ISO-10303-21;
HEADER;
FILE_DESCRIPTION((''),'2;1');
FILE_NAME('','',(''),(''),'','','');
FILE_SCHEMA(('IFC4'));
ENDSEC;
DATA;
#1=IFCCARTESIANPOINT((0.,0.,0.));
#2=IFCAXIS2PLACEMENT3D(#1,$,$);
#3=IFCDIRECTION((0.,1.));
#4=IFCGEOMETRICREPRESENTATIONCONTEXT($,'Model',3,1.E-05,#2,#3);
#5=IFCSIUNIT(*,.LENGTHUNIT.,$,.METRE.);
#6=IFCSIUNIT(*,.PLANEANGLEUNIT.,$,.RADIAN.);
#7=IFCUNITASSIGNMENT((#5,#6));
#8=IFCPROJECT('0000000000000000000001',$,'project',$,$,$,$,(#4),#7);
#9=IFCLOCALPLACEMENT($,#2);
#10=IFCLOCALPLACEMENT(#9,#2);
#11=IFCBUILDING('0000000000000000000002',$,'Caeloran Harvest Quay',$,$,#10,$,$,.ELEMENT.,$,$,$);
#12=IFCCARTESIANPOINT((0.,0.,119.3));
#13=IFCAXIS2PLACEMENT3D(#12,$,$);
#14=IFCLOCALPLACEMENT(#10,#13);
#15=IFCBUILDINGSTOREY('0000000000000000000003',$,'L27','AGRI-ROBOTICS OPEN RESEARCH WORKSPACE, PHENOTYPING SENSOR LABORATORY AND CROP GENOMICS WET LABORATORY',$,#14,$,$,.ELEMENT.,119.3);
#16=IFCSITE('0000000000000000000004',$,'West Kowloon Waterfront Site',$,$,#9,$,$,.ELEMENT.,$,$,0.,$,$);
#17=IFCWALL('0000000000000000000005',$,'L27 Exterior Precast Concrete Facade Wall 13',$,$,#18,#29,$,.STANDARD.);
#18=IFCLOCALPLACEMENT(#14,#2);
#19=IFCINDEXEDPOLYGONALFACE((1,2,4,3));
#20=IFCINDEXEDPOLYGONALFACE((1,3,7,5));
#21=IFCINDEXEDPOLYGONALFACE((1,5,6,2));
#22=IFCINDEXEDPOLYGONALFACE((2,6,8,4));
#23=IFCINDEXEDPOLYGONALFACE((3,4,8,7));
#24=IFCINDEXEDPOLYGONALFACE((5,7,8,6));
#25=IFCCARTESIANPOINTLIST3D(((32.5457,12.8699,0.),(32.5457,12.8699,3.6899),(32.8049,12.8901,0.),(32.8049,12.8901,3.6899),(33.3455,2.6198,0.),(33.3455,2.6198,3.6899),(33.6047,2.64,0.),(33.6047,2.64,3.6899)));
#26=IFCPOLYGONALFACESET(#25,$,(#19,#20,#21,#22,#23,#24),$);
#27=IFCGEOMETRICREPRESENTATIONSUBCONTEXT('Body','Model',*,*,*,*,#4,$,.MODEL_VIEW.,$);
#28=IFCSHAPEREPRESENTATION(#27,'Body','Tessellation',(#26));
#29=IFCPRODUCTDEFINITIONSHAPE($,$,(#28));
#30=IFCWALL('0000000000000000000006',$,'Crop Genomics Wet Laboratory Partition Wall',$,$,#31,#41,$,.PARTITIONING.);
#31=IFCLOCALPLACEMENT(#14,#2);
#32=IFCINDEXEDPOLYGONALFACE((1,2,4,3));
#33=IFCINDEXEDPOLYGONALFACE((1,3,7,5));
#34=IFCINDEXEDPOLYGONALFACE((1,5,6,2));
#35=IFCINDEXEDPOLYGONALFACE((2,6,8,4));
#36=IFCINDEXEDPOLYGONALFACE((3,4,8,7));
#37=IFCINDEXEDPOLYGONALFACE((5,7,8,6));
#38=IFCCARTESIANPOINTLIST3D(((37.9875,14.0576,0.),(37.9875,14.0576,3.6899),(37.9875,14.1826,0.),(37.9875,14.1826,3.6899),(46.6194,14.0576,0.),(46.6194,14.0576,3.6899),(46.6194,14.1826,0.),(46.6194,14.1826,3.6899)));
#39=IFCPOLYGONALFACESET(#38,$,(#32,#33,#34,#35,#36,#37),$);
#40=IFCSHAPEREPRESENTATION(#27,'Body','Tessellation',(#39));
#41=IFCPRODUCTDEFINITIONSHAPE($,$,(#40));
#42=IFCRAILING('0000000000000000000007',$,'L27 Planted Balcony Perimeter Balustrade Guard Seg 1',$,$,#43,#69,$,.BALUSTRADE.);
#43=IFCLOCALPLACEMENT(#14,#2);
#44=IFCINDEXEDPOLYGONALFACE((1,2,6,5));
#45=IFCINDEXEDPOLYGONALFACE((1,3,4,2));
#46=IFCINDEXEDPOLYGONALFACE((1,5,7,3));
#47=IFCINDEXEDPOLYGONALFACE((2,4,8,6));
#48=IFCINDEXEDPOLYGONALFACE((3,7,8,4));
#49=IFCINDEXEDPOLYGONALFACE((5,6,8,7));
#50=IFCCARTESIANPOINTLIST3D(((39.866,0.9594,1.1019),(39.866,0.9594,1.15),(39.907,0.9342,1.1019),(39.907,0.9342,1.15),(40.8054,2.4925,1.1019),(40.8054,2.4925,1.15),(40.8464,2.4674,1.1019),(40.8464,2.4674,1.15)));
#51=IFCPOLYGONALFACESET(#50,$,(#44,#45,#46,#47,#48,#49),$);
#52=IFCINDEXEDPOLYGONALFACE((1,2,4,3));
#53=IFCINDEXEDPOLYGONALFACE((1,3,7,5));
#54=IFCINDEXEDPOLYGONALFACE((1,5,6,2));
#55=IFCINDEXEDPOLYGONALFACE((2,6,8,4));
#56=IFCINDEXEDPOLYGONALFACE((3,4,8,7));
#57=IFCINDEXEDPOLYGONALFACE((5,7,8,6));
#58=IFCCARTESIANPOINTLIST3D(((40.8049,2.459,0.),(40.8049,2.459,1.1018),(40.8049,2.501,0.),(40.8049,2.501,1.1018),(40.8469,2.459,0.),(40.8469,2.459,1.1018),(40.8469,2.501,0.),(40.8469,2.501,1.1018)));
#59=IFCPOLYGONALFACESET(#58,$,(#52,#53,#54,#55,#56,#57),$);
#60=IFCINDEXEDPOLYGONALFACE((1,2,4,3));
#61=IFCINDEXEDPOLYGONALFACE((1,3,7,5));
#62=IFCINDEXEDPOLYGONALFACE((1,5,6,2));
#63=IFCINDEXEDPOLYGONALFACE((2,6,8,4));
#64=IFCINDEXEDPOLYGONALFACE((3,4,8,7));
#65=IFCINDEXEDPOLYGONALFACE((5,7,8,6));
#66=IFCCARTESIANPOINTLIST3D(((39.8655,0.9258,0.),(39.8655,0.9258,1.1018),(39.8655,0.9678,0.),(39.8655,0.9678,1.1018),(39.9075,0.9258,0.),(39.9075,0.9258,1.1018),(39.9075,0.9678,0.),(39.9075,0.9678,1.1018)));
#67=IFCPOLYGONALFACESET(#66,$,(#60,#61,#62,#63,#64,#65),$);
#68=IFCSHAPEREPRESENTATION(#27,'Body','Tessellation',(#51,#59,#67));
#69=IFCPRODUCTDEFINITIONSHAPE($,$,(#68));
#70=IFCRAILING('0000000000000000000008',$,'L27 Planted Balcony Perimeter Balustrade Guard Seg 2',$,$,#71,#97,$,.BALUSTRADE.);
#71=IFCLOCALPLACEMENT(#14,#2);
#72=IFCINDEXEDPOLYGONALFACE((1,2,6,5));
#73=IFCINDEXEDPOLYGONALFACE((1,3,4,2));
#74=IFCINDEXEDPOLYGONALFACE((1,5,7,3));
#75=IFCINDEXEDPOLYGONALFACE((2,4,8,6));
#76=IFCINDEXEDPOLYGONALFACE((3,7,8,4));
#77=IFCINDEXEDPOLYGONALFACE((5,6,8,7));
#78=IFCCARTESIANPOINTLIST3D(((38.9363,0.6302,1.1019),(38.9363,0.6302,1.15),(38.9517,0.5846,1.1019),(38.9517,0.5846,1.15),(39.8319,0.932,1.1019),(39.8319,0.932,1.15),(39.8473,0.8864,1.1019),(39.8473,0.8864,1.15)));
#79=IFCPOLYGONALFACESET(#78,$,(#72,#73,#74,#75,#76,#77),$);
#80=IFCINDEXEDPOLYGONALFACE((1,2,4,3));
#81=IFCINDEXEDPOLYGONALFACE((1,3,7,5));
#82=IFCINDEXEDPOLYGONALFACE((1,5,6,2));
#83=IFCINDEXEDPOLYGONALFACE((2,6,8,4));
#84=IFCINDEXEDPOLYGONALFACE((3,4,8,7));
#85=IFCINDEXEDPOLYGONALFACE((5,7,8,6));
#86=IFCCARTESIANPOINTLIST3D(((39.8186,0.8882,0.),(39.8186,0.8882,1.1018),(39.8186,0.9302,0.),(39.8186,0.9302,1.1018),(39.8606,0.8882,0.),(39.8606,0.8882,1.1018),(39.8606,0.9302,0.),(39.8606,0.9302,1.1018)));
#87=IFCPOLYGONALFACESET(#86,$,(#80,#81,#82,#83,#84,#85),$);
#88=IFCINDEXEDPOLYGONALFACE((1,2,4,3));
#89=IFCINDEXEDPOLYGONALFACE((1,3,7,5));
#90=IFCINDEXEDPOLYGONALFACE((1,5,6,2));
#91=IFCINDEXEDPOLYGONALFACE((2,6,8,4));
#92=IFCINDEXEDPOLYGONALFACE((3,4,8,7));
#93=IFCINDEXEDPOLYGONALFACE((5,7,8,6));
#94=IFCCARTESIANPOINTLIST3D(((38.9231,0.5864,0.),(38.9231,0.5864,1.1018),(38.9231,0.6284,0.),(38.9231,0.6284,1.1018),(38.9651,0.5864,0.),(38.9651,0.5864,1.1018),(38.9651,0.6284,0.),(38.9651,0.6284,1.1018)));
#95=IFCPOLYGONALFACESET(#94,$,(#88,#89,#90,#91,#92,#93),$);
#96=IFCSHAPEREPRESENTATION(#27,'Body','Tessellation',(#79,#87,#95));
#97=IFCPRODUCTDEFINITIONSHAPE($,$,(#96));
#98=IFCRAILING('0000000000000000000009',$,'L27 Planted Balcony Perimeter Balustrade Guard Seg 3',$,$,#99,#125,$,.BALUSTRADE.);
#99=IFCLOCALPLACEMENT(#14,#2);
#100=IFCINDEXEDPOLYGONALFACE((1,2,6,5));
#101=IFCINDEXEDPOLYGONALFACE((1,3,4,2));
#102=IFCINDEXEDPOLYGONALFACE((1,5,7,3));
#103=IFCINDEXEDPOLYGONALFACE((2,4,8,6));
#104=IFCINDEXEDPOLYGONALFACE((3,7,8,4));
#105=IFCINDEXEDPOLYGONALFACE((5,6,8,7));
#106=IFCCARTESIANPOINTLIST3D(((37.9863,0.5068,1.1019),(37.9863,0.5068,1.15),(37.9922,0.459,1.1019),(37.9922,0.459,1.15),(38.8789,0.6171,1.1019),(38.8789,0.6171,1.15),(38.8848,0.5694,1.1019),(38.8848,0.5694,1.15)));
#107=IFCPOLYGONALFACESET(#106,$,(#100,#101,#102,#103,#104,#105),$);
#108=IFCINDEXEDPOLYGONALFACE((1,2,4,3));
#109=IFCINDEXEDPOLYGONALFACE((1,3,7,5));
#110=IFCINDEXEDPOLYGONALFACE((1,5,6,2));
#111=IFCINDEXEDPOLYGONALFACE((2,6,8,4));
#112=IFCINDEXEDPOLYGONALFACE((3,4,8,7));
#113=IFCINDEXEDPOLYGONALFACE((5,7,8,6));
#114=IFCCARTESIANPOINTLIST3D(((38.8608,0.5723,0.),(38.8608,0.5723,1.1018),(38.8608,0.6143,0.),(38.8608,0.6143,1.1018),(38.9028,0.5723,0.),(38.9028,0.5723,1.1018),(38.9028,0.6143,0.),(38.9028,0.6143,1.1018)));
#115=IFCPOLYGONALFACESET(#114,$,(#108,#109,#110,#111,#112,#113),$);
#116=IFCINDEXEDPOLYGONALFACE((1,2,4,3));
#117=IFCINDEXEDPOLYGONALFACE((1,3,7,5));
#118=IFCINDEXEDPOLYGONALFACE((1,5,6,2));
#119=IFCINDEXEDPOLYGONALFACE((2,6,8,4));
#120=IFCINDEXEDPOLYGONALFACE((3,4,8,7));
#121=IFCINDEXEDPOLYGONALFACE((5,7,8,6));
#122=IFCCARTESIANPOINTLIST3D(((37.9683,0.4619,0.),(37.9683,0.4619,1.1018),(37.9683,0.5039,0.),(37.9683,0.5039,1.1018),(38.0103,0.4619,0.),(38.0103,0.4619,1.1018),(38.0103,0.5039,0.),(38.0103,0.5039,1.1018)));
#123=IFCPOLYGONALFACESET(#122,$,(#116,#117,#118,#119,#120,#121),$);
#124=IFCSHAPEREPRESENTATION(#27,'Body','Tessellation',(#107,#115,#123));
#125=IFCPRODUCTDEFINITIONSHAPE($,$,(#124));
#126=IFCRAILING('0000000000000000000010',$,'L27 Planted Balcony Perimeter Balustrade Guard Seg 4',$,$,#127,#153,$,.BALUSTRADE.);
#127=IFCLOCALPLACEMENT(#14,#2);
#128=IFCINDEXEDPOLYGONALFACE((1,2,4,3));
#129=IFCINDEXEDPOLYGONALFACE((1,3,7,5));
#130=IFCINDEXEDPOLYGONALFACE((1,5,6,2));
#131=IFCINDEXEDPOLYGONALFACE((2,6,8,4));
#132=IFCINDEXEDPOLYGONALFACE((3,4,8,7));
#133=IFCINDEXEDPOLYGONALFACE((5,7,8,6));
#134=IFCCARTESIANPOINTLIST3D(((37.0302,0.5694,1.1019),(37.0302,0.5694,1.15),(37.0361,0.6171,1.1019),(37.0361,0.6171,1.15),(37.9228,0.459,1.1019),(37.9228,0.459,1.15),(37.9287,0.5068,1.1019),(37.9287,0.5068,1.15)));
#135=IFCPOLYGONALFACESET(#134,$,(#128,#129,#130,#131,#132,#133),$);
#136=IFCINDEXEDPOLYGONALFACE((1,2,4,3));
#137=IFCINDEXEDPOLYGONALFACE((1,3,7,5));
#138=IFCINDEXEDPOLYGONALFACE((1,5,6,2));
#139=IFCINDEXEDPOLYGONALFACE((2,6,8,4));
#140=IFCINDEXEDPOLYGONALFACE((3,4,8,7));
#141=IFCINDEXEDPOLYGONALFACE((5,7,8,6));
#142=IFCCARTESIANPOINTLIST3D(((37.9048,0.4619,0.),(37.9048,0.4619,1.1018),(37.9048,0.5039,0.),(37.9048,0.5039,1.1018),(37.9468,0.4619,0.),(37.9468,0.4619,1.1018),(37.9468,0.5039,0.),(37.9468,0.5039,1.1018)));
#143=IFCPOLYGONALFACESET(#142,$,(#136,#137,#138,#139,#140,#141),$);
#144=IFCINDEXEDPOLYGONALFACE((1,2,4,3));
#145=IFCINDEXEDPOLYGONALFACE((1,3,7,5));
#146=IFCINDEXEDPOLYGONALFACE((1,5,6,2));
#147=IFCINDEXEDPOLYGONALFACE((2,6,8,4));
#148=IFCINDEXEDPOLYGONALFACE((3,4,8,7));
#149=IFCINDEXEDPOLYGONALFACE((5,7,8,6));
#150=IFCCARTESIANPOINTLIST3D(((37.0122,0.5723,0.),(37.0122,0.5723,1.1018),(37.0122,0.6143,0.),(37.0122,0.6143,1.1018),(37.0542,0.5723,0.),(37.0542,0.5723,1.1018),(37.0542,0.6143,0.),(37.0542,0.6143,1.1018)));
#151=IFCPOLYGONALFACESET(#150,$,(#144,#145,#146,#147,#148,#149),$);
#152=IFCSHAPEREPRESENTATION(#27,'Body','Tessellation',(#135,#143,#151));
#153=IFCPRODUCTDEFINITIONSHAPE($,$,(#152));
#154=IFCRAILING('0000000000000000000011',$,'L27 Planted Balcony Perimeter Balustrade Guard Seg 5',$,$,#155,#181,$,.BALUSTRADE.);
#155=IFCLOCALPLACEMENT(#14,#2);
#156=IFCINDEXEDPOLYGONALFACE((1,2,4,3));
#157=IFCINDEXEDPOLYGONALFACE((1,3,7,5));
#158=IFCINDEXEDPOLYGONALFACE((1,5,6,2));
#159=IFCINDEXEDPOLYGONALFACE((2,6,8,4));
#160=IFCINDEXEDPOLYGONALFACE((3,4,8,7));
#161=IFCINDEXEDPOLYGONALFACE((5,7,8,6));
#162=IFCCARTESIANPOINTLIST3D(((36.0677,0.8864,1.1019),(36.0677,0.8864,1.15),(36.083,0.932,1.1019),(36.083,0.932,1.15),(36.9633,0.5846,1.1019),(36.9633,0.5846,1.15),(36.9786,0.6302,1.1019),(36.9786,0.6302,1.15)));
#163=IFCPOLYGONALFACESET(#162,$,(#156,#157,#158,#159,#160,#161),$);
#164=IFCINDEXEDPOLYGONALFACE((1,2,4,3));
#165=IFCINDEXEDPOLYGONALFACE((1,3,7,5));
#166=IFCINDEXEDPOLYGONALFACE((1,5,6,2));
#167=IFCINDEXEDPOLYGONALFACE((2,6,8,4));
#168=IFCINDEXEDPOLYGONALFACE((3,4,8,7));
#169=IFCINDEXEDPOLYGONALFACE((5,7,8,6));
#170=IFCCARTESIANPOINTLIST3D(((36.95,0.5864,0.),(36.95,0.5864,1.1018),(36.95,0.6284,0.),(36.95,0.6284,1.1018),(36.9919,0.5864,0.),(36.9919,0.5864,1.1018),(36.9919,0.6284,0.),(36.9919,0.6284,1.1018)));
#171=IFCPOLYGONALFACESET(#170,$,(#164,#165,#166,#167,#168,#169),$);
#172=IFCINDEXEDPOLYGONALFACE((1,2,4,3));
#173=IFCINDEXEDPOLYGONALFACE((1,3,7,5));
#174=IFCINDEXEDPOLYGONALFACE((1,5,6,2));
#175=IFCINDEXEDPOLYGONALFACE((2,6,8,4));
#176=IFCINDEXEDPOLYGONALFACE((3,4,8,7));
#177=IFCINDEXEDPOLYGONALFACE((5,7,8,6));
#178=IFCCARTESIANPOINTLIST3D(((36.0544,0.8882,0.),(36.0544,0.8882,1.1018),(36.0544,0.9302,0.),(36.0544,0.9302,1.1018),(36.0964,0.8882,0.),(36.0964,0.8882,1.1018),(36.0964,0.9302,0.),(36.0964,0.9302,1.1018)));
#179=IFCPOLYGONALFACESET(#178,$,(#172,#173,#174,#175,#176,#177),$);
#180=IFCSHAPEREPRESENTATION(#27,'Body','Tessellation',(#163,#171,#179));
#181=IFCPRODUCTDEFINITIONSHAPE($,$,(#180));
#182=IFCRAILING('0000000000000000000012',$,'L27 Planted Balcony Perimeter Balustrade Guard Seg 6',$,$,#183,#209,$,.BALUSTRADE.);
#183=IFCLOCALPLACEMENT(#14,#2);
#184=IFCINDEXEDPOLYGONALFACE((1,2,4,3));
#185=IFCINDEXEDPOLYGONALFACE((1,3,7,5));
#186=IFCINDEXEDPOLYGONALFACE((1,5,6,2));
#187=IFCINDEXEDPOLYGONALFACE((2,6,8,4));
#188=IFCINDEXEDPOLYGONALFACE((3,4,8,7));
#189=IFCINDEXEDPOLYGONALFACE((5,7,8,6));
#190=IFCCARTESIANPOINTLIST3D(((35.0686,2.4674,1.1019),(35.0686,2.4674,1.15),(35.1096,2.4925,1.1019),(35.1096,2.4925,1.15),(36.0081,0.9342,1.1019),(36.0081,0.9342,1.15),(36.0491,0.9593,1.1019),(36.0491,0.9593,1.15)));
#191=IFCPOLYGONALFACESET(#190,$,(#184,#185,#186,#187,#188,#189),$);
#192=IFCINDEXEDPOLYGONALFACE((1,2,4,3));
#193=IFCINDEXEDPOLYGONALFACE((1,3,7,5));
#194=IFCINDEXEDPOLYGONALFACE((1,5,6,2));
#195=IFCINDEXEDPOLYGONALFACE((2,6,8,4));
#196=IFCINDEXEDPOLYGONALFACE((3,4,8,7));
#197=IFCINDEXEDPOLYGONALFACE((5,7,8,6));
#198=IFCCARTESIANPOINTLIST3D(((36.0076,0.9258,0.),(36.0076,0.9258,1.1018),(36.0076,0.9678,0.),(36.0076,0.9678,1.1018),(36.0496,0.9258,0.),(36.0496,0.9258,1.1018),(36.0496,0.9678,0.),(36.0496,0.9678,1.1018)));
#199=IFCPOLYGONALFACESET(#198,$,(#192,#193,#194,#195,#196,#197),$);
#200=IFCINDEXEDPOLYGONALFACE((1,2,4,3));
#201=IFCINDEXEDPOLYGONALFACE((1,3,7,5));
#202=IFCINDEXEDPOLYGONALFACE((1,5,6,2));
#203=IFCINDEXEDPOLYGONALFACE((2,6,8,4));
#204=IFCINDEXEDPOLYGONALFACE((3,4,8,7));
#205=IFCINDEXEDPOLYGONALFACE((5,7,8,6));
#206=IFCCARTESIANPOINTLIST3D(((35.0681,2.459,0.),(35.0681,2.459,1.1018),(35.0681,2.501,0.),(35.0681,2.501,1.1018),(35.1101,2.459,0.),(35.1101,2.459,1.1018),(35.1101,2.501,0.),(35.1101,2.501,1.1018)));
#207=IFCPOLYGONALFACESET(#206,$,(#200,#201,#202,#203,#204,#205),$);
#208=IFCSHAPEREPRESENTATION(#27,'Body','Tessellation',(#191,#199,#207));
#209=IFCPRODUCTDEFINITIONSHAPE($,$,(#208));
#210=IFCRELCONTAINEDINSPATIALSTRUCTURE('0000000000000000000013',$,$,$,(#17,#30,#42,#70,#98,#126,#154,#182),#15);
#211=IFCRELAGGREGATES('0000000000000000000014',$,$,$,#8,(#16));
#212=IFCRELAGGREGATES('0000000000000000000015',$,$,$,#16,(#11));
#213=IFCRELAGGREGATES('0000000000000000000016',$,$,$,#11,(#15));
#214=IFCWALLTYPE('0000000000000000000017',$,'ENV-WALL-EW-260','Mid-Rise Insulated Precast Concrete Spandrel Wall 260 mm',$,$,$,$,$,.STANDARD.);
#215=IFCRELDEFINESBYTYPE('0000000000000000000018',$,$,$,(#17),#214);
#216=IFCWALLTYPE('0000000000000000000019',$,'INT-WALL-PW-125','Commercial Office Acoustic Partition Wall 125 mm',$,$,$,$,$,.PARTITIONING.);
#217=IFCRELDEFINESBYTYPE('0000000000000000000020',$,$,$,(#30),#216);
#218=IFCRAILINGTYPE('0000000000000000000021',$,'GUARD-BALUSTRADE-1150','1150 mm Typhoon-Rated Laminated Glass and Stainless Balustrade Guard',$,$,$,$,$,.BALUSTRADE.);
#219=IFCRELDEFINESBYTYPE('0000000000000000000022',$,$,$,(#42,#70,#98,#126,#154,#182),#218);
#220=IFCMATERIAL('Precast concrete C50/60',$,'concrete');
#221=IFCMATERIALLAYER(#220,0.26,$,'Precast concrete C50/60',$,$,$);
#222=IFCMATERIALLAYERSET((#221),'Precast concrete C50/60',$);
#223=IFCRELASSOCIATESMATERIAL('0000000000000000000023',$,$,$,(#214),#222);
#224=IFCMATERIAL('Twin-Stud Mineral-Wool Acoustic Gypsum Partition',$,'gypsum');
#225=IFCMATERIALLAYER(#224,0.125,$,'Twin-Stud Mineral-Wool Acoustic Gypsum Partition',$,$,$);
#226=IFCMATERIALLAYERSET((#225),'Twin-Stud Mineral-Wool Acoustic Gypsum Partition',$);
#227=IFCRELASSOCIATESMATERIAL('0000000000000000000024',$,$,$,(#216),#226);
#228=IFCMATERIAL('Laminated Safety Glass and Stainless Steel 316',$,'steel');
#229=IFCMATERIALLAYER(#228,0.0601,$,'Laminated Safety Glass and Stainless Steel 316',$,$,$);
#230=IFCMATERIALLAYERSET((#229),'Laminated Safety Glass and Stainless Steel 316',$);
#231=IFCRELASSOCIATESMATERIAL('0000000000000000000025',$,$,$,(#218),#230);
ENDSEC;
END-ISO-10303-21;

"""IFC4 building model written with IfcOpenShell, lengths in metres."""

from ifc_helpers import new_model, si_unit, direction, frame, frame_2d, origin, origin_2d, place, context, subcontext, project, spatial, rectangle, extrude, material, layer, layer_set, type_object, element, save


model = new_model("IFC4")

# Units and contexts
model_context = context("Model", 3, precision=1e-05, world=origin(), true_north=direction((0.0, 1.0)))
body_context = subcontext(model_context, "Body", "Model", "MODEL_VIEW")
ifc_project = project(units=[si_unit("LENGTHUNIT", "METRE"), si_unit("PLANEANGLEUNIT", "RADIAN")], contexts=[model_context])

# Site, building, storey
site_placement = place(None, origin())
site = spatial("IfcSite", under=ifc_project, at=site_placement, Name="West Kowloon Waterfront Site", CompositionType="ELEMENT", RefElevation=0.0)
building_placement = place(site_placement, origin())
building = spatial("IfcBuilding", under=site, at=building_placement, Name="Caeloran Harvest Quay", CompositionType="ELEMENT")
storey_placement = place(building_placement, frame((0.0, 0.0, 119.3)))
storey = spatial("IfcBuildingStorey", under=building, at=storey_placement, Name="L27", Description="AGRI-ROBOTICS OPEN RESEARCH WORKSPACE, PHENOTYPING SENSOR LABORATORY AND CROP GENOMICS WET LABORATORY", CompositionType="ELEMENT", Elevation=119.3)

# Shared definitions
ifc_material_1 = material(Name="Precast concrete C50/60", Category="concrete")

# Shared definitions
ifc_layer_1 = layer(ifc_material_1, 0.26, Name="Precast concrete C50/60")
ifc_layer_set_1 = layer_set([ifc_layer_1], Name="Precast concrete C50/60")
wall_type_1 = type_object("IfcWallType", Name="ENV-WALL-EW-260", Description="Mid-Rise Insulated Precast Concrete Spandrel Wall 260 mm", PredefinedType="STANDARD", material=ifc_layer_set_1)

# Walls
wall_1_placement = place(storey_placement, frame((33.4751, 2.6299, 0.0), z_axis=(0.0, 0.0, 1.0), x_axis=(-0.077793, 0.99697, 0.0)))
element("IfcWall", 1, at=wall_1_placement, inside=storey, type_object=wall_type_1, Name="L27 Exterior Precast Concrete Facade Wall 13", PredefinedType="STANDARD", context=body_context, shape_type="SweptSolid", body=[
    extrude(rectangle(XDim=10.2812, YDim=0.26, at=frame_2d((5.1406, 0.0))), origin(), (0.0, 0.0, 1.0), 3.6899),
])
ifc_material_2 = material(Name="Twin-Stud Mineral-Wool Acoustic Gypsum Partition", Category="gypsum")
ifc_layer_2 = layer(ifc_material_2, 0.125, Name="Twin-Stud Mineral-Wool Acoustic Gypsum Partition")
ifc_layer_set_2 = layer_set([ifc_layer_2], Name="Twin-Stud Mineral-Wool Acoustic Gypsum Partition")
wall_type_2 = type_object("IfcWallType", Name="INT-WALL-PW-125", Description="Commercial Office Acoustic Partition Wall 125 mm", PredefinedType="PARTITIONING", material=ifc_layer_set_2)
wall_2_placement = place(storey_placement, frame((37.9875, 14.1201, 0.0), z_axis=(0.0, 0.0, 1.0), x_axis=(1.0, 0.0, 0.0)))
element("IfcWall", 2, at=wall_2_placement, inside=storey, type_object=wall_type_2, Name="Crop Genomics Wet Laboratory Partition Wall", PredefinedType="PARTITIONING", context=body_context, shape_type="SweptSolid", body=[
    extrude(rectangle(XDim=8.6318, YDim=0.125, at=frame_2d((4.3159, 0.0))), origin(), (0.0, 0.0, 1.0), 3.6899),
])

# Railings
ifc_material_3 = material(Name="Laminated Safety Glass and Stainless Steel 316", Category="steel")
ifc_layer_3 = layer(ifc_material_3, 0.0601, Name="Laminated Safety Glass and Stainless Steel 316")
ifc_layer_set_3 = layer_set([ifc_layer_3], Name="Laminated Safety Glass and Stainless Steel 316")
railing_type = type_object("IfcRailingType", Name="GUARD-BALUSTRADE-1150", Description="1150 mm Typhoon-Rated Laminated Glass and Stainless Balustrade Guard", PredefinedType="BALUSTRADE", material=ifc_layer_set_3)
railing_1_placement = place(storey_placement, frame((40.8259, 2.48, 0.0)))
element("IfcRailing", 3, at=railing_1_placement, inside=storey, type_object=railing_type, Name="L27 Planted Balcony Perimeter Balustrade Guard Seg 1", PredefinedType="BALUSTRADE", context=body_context, shape_type="SweptSolid", body=[
    extrude(rectangle(XDim=0.0481, YDim=0.0481, at=origin_2d()), frame((0.0, 0.0, 1.126), z_axis=(-0.52246, -0.852664, 0.0), x_axis=(0.852664, -0.52246, 0.0)), (0.0, 0.0, 1.0), 1.7981),
    extrude(rectangle(XDim=0.042, YDim=0.042, at=origin_2d()), origin(), (0.0, 0.0, 1.0), 1.1018),
    extrude(rectangle(XDim=0.042, YDim=0.042, at=origin_2d()), frame((-0.9395, -1.5332, 0.0)), (0.0, 0.0, 1.0), 1.1018),
])
railing_2_placement = place(storey_placement, frame((39.8396, 0.9092, 0.0)))
element("IfcRailing", 4, at=railing_2_placement, inside=storey, type_object=railing_type, Name="L27 Planted Balcony Perimeter Balustrade Guard Seg 2", PredefinedType="BALUSTRADE", context=body_context, shape_type="SweptSolid", body=[
    extrude(rectangle(XDim=0.0481, YDim=0.0481, at=origin_2d()), frame((0.0, 0.0, 1.126), z_axis=(-0.947645, -0.319326, 0.0), x_axis=(0.319326, -0.947645, 0.0)), (0.0, 0.0, 1.0), 0.9451),
    extrude(rectangle(XDim=0.042, YDim=0.042, at=origin_2d()), origin(), (0.0, 0.0, 1.0), 1.1018),
    extrude(rectangle(XDim=0.042, YDim=0.042, at=origin_2d()), frame((-0.8955, -0.3018, 0.0)), (0.0, 0.0, 1.0), 1.1018),
])
railing_3_placement = place(storey_placement, frame((38.8818, 0.5933, 0.0)))
element("IfcRailing", 5, at=railing_3_placement, inside=storey, type_object=railing_type, Name="L27 Planted Balcony Perimeter Balustrade Guard Seg 3", PredefinedType="BALUSTRADE", context=body_context, shape_type="SweptSolid", body=[
    extrude(rectangle(XDim=0.0481, YDim=0.0481, at=origin_2d()), frame((0.0, 0.0, 1.126), z_axis=(-0.992444, -0.122698, 0.0), x_axis=(0.122698, -0.992444, 0.0)), (0.0, 0.0, 1.0), 0.8994),
    extrude(rectangle(XDim=0.042, YDim=0.042, at=origin_2d()), origin(), (0.0, 0.0, 1.0), 1.1018),
    extrude(rectangle(XDim=0.042, YDim=0.042, at=origin_2d()), frame((-0.8926, -0.1104, 0.0)), (0.0, 0.0, 1.0), 1.1018),
])
railing_4_placement = place(storey_placement, frame((37.9258, 0.4829, 0.0)))
element("IfcRailing", 6, at=railing_4_placement, inside=storey, type_object=railing_type, Name="L27 Planted Balcony Perimeter Balustrade Guard Seg 4", PredefinedType="BALUSTRADE", context=body_context, shape_type="SweptSolid", body=[
    extrude(rectangle(XDim=0.0481, YDim=0.0481, at=origin_2d()), frame((0.0, 0.0, 1.126), z_axis=(-0.992444, 0.122698, 0.0), x_axis=(-0.122698, -0.992444, 0.0)), (0.0, 0.0, 1.0), 0.8994),
    extrude(rectangle(XDim=0.042, YDim=0.042, at=origin_2d()), origin(), (0.0, 0.0, 1.0), 1.1018),
    extrude(rectangle(XDim=0.042, YDim=0.042, at=origin_2d()), frame((-0.8926, 0.1104, 0.0)), (0.0, 0.0, 1.0), 1.1018),
])
railing_5_placement = place(storey_placement, frame((36.9709, 0.6074, 0.0)))
element("IfcRailing", 7, at=railing_5_placement, inside=storey, type_object=railing_type, Name="L27 Planted Balcony Perimeter Balustrade Guard Seg 5", PredefinedType="BALUSTRADE", context=body_context, shape_type="SweptSolid", body=[
    extrude(rectangle(XDim=0.0481, YDim=0.0481, at=origin_2d()), frame((0.0, 0.0, 1.126), z_axis=(-0.947645, 0.319326, 0.0), x_axis=(-0.319326, -0.947645, 0.0)), (0.0, 0.0, 1.0), 0.9451),
    extrude(rectangle(XDim=0.042, YDim=0.042, at=origin_2d()), origin(), (0.0, 0.0, 1.0), 1.1018),
    extrude(rectangle(XDim=0.042, YDim=0.042, at=origin_2d()), frame((-0.8955, 0.3018, 0.0)), (0.0, 0.0, 1.0), 1.1018),
])
railing_6_placement = place(storey_placement, frame((36.0286, 0.9468, 0.0)))
element("IfcRailing", 8, at=railing_6_placement, inside=storey, type_object=railing_type, Name="L27 Planted Balcony Perimeter Balustrade Guard Seg 6", PredefinedType="BALUSTRADE", context=body_context, shape_type="SweptSolid", body=[
    extrude(rectangle(XDim=0.0481, YDim=0.0481, at=origin_2d()), frame((0.0, 0.0, 1.126), z_axis=(-0.52246, 0.852664, 0.0), x_axis=(-0.852664, -0.52246, 0.0)), (0.0, 0.0, 1.0), 1.7981),
    extrude(rectangle(XDim=0.042, YDim=0.042, at=origin_2d()), origin(), (0.0, 0.0, 1.0), 1.1018),
    extrude(rectangle(XDim=0.042, YDim=0.042, at=origin_2d()), frame((-0.9395, 1.5332, 0.0)), (0.0, 0.0, 1.0), 1.1018),
])

save(model, "model.ifc")
